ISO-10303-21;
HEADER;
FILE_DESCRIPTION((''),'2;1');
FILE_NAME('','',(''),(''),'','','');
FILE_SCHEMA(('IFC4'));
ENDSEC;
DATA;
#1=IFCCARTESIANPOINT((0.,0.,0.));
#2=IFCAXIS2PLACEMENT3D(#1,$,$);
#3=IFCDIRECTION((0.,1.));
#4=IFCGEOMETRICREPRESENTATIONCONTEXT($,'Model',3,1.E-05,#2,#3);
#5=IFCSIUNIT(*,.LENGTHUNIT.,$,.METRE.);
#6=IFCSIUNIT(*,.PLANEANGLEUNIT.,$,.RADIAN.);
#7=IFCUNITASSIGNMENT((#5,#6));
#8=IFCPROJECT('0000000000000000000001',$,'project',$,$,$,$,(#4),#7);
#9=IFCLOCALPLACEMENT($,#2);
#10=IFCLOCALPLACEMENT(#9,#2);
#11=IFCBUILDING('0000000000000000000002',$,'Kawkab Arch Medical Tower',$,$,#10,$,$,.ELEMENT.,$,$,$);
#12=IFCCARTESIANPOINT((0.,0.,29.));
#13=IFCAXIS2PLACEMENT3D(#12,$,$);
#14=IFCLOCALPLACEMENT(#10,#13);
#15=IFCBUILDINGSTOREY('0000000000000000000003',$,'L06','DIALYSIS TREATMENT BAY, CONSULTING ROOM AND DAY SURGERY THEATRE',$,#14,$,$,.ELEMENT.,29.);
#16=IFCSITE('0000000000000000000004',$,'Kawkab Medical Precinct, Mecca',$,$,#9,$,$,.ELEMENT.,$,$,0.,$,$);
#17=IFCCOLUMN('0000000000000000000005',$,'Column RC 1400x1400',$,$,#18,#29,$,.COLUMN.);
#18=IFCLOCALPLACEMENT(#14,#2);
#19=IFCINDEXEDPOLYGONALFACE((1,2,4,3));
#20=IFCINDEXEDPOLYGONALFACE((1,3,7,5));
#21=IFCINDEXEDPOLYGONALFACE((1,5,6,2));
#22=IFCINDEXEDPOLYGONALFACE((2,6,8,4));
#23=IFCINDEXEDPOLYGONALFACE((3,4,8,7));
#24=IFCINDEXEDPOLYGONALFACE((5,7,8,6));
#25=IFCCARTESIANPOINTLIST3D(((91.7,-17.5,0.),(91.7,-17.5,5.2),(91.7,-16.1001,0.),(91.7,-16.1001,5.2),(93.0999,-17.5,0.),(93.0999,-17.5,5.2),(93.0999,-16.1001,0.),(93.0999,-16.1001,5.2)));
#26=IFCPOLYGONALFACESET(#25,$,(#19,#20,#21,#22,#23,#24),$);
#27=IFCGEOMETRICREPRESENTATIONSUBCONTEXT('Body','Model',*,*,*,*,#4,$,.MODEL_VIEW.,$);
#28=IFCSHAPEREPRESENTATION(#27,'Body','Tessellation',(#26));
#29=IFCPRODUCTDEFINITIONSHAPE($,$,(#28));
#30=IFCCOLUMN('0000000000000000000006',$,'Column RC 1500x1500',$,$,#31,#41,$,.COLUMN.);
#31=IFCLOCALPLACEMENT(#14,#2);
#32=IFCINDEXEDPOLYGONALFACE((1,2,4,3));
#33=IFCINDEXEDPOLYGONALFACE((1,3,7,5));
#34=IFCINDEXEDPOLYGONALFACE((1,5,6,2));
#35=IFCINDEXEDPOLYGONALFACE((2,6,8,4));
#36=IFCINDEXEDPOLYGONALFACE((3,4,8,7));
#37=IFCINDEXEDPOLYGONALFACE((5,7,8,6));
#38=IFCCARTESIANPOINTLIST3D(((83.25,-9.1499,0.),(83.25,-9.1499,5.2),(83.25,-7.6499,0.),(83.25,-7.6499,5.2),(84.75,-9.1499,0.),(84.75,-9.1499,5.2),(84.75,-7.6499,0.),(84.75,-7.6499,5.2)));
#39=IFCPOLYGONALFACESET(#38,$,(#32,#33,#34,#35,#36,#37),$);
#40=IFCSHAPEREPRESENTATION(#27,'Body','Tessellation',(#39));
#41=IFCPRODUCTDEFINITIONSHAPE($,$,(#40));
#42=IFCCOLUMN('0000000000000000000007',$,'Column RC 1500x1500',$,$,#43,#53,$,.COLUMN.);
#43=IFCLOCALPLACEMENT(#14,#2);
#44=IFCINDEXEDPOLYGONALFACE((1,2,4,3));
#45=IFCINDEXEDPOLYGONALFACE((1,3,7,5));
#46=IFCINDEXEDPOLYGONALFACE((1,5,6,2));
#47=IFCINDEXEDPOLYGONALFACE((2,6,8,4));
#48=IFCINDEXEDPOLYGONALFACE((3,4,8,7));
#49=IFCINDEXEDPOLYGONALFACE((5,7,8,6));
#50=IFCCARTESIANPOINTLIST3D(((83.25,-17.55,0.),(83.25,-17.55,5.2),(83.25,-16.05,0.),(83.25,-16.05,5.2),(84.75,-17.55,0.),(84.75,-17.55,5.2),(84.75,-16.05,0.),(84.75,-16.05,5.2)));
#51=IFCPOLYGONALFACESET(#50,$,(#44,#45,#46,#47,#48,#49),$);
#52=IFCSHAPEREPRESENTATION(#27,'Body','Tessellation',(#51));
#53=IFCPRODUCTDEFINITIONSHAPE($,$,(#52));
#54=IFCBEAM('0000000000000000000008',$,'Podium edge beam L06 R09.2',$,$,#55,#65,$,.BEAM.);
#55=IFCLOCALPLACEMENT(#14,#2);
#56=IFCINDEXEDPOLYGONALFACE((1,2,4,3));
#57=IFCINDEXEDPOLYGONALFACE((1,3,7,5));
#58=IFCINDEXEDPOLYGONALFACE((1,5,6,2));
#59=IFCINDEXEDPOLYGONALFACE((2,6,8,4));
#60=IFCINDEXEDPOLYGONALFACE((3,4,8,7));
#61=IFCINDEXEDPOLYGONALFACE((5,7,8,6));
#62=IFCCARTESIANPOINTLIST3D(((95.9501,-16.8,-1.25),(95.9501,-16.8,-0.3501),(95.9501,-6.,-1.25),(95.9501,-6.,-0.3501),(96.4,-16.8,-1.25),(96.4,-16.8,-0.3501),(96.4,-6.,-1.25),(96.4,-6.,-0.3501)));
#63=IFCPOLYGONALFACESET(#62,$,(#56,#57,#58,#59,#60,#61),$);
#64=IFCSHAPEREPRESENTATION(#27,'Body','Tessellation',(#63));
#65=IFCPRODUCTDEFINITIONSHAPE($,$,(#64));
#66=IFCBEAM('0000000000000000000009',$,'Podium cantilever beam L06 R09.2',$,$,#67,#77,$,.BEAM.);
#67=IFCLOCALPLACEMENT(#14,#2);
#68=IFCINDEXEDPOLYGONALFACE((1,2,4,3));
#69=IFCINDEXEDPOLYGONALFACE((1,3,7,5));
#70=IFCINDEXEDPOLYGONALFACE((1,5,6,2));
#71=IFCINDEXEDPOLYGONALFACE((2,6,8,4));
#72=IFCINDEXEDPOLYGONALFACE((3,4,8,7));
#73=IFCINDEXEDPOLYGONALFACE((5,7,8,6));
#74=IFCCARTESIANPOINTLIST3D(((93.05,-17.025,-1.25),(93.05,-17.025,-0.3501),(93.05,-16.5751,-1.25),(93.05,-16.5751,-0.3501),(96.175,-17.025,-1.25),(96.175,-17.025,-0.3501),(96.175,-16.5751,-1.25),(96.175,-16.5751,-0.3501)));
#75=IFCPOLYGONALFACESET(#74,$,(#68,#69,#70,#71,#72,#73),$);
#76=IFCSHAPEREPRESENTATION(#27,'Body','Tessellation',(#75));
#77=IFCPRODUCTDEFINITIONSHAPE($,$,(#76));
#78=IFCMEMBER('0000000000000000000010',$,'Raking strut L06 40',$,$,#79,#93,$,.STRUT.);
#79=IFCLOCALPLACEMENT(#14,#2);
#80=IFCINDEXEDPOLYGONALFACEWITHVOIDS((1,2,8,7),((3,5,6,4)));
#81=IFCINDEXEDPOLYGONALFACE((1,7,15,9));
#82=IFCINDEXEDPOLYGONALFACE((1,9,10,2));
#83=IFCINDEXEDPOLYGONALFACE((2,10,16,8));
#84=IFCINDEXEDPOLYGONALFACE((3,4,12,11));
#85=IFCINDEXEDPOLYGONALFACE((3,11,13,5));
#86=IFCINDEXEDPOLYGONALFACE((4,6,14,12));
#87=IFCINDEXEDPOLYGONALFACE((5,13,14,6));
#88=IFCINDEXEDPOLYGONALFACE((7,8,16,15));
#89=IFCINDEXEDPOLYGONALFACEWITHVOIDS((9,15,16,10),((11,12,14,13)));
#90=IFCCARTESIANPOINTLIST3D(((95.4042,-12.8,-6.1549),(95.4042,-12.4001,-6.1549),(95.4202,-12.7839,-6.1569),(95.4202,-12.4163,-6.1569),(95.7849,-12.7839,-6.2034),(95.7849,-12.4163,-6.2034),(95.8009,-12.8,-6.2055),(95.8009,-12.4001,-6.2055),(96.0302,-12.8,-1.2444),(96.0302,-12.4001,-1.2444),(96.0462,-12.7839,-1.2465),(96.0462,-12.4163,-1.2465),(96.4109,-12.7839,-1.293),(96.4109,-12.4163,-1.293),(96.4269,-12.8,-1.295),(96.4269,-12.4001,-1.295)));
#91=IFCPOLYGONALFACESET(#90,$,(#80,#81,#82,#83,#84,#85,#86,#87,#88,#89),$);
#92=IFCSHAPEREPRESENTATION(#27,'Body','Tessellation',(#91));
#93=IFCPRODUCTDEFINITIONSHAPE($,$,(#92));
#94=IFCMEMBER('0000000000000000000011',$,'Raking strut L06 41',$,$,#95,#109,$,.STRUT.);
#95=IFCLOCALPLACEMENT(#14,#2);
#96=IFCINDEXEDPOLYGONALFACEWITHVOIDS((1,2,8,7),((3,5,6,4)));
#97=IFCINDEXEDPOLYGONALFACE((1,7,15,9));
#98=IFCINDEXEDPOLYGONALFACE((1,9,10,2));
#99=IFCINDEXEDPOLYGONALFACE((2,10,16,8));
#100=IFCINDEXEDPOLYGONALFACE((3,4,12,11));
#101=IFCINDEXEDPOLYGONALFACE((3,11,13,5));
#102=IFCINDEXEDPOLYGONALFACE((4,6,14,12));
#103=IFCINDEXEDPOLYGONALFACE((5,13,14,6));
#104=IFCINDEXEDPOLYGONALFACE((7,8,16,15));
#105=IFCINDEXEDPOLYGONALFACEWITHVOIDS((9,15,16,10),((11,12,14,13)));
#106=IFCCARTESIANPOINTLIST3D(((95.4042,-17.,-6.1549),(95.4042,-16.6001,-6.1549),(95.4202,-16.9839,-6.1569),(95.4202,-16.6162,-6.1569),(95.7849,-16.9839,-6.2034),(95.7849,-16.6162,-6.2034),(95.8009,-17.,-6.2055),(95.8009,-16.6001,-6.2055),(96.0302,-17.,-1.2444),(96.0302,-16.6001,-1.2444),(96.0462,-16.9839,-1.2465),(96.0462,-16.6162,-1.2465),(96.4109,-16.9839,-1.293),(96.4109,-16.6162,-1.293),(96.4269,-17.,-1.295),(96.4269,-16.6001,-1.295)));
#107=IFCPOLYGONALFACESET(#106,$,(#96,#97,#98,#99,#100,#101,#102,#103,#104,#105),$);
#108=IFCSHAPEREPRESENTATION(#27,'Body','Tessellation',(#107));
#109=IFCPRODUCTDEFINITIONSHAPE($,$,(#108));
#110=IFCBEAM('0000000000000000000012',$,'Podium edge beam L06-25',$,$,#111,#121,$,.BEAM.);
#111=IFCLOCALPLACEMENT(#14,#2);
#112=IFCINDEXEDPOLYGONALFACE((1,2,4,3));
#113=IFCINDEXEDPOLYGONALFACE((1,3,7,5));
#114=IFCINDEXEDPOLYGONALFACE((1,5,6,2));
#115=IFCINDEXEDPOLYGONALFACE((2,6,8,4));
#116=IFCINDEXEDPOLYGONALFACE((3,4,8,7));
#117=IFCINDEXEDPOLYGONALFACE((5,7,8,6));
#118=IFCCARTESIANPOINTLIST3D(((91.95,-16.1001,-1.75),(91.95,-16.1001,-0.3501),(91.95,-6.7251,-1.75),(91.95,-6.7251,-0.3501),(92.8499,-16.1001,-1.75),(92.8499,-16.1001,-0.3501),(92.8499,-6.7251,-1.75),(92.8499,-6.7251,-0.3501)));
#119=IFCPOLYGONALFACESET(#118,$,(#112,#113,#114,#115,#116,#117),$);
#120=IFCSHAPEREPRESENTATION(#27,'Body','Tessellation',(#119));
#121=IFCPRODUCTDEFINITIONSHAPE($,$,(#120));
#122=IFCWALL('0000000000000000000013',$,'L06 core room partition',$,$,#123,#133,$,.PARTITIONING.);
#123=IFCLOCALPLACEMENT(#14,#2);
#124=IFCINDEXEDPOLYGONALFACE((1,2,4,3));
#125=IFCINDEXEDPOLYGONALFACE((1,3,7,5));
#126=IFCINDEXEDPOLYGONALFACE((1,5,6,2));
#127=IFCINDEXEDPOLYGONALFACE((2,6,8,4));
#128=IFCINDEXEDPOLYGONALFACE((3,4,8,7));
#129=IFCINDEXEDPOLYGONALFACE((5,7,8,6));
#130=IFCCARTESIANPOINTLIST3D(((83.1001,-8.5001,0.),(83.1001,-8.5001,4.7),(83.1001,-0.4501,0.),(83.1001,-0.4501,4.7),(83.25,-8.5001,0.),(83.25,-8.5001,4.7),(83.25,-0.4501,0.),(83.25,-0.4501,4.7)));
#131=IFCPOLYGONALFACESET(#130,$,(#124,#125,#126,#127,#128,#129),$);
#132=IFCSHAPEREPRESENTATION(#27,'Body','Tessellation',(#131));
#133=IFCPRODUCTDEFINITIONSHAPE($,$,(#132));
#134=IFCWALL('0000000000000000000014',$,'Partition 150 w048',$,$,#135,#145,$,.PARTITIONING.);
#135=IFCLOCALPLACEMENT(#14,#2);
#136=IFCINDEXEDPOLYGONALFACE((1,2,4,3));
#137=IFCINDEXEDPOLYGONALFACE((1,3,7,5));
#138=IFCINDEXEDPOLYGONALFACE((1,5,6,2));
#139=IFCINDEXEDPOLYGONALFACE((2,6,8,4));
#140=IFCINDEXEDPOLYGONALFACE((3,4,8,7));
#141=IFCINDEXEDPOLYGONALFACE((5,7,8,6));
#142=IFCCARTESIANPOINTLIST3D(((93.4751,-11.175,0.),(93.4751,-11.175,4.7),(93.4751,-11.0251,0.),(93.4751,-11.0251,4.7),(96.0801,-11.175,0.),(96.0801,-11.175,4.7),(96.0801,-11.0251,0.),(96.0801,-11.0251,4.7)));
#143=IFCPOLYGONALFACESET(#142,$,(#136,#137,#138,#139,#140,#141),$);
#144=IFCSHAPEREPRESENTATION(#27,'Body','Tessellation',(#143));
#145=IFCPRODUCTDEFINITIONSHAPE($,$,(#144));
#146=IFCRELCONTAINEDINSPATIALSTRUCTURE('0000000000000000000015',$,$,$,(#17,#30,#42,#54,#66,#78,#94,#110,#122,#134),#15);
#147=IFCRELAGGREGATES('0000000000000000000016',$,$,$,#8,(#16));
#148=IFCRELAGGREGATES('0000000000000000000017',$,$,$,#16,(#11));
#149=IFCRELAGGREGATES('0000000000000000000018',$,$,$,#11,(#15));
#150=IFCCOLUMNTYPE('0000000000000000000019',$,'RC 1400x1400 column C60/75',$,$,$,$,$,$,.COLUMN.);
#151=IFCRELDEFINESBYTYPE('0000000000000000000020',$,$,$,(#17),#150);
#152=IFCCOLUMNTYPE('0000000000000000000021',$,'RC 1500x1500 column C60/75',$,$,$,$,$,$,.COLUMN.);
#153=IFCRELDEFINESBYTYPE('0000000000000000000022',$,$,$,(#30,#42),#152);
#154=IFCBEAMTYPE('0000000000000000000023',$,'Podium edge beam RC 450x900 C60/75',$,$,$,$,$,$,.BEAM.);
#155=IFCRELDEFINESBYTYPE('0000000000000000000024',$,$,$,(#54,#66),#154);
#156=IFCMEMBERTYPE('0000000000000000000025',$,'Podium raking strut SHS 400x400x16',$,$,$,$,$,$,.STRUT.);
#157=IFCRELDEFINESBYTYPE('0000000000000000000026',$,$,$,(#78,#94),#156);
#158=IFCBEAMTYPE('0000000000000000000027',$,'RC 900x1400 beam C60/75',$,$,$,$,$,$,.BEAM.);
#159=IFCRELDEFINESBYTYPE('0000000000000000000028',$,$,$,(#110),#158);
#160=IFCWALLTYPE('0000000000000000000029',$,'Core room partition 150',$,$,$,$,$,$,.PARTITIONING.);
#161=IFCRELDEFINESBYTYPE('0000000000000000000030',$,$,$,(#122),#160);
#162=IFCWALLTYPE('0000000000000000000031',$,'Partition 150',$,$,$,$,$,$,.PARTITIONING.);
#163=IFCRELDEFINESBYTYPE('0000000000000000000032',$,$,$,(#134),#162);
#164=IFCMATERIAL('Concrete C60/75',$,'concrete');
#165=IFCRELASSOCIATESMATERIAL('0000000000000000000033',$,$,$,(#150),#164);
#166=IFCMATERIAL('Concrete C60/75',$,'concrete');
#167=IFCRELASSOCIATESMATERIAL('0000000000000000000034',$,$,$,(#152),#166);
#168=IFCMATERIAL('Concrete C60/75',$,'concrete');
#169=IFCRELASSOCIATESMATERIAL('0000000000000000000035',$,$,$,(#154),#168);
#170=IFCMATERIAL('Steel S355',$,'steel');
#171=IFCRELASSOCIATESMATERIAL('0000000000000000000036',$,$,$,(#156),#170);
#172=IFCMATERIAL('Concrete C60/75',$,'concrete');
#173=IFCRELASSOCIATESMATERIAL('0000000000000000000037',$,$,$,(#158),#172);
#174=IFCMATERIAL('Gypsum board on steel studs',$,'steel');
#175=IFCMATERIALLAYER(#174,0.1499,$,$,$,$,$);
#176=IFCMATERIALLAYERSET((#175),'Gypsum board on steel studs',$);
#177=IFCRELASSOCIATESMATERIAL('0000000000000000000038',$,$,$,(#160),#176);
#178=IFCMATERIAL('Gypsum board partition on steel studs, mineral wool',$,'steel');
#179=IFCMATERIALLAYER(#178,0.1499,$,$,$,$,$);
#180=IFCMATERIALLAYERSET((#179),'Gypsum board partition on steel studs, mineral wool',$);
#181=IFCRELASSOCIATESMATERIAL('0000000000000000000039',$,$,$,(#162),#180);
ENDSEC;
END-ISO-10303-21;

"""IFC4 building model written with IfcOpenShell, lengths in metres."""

from ifc_helpers import new_model, si_unit, direction, frame, frame_2d, origin, origin_2d, place, context, subcontext, project, spatial, rectangle, hollow_rectangle, extrude, material, layer, layer_set, material_profile, profile_set, type_object, element, save


model = new_model("IFC4")

# Units and contexts
model_context = context("Model", 3, precision=1e-05, world=origin(), true_north=direction((0.0, 1.0)))
body_context = subcontext(model_context, "Body", "Model", "MODEL_VIEW")
ifc_project = project(units=[si_unit("LENGTHUNIT", "METRE"), si_unit("PLANEANGLEUNIT", "RADIAN")], contexts=[model_context])

# Site, building, storey
site_placement = place(None, origin())
site = spatial("IfcSite", under=ifc_project, at=site_placement, Name="Kawkab Medical Precinct, Mecca", CompositionType="ELEMENT", RefElevation=0.0)
building_placement = place(site_placement, origin())
building = spatial("IfcBuilding", under=site, at=building_placement, Name="Kawkab Arch Medical Tower", CompositionType="ELEMENT")
storey_placement = place(building_placement, frame((0.0, 0.0, 29.0)))
storey = spatial("IfcBuildingStorey", under=building, at=storey_placement, Name="L06", Description="DIALYSIS TREATMENT BAY, CONSULTING ROOM AND DAY SURGERY THEATRE", CompositionType="ELEMENT", Elevation=29.0)

# Columns
ifc_material_1 = material(Name="Concrete C60/75", Category="concrete")
ifc_material_profile_1 = material_profile(ifc_material_1, rectangle(XDim=1.3999, YDim=1.3999, at=origin_2d()), Name="RC 1400x1400")
ifc_profile_set_1 = profile_set([ifc_material_profile_1], Name="Concrete C60/75")
column_type_1 = type_object("IfcColumnType", Name="RC 1400x1400 column C60/75", PredefinedType="COLUMN", material=ifc_profile_set_1)
column_placement = place(storey_placement, frame((92.3999, -16.8, 0.0), z_axis=(0.0, 0.0, 1.0), x_axis=(1.0, 0.0, 0.0)))
element("IfcColumn", 1, at=column_placement, inside=storey, type_object=column_type_1, Name="Column RC 1400x1400", PredefinedType="COLUMN", context=body_context, shape_type="SweptSolid", body=[
    extrude(rectangle(XDim=1.3999, YDim=1.3999, at=origin_2d()), origin(), (0.0, 0.0, 1.0), 5.2),
])
ifc_material_2 = material(Name="Concrete C60/75", Category="concrete")
ifc_material_profile_2 = material_profile(ifc_material_2, rectangle(XDim=1.5, YDim=1.5, at=origin_2d()), Name="RC 1500x1500")
ifc_profile_set_2 = profile_set([ifc_material_profile_2], Name="Concrete C60/75")
column_type_2 = type_object("IfcColumnType", Name="RC 1500x1500 column C60/75", PredefinedType="COLUMN", material=ifc_profile_set_2)
for number, where, z_axis, x_axis, name in (
    (2, (84.0, -8.3999, 0.0), (0.0, 0.0, 1.0), (1.0, 0.0, 0.0), "Column RC 1500x1500"),
    (3, (84.0, -16.8, 0.0), (0.0, 0.0, 1.0), (1.0, 0.0, 0.0), "Column RC 1500x1500"),
):
    element("IfcColumn", number, at=place(storey_placement, frame(where, z_axis=z_axis, x_axis=x_axis)), inside=storey, type_object=column_type_2, Name=name, PredefinedType="COLUMN", context=body_context, shape_type="SweptSolid", body=[
        extrude(rectangle(XDim=1.5, YDim=1.5, at=origin_2d()), origin(), (0.0, 0.0, 1.0), 5.2),
    ])

# Beams
ifc_material_3 = material(Name="Concrete C60/75", Category="concrete")
ifc_material_profile_3 = material_profile(ifc_material_3, rectangle(XDim=0.45, YDim=0.8999, at=origin_2d()), Name="RC 450x900")
ifc_profile_set_3 = profile_set([ifc_material_profile_3], Name="Concrete C60/75")
beam_type_1 = type_object("IfcBeamType", Name="Podium edge beam RC 450x900 C60/75", PredefinedType="BEAM", material=ifc_profile_set_3)
beam_1_placement = place(storey_placement, frame((96.175, -16.8, -0.8), z_axis=(0.0, 1.0, 0.0), x_axis=(-1.0, 0.0, 0.0)))
element("IfcBeam", 4, at=beam_1_placement, inside=storey, type_object=beam_type_1, Name="Podium edge beam L06 R09.2", PredefinedType="BEAM", context=body_context, shape_type="SweptSolid", body=[
    extrude(rectangle(XDim=0.45, YDim=0.8999, at=origin_2d()), origin(), (0.0, 0.0, 1.0), 10.8),
])
beam_2_placement = place(storey_placement, frame((93.05, -16.8, -0.8), z_axis=(1.0, 0.0, 0.0), x_axis=(0.0, 1.0, 0.0)))
element("IfcBeam", 5, at=beam_2_placement, inside=storey, type_object=beam_type_1, Name="Podium cantilever beam L06 R09.2", PredefinedType="BEAM", context=body_context, shape_type="SweptSolid", body=[
    extrude(rectangle(XDim=0.45, YDim=0.8999, at=origin_2d()), origin(), (0.0, 0.0, 1.0), 3.125),
])

# Members
ifc_material_4 = material(Name="Steel S355", Category="steel")
ifc_material_profile_4 = material_profile(ifc_material_4, hollow_rectangle(XDim=0.3999, YDim=0.3999, WallThickness=0.0161, at=origin_2d()), Name="SHS 400x400x16")
ifc_profile_set_4 = profile_set([ifc_material_profile_4], Name="Steel S355")
member_type = type_object("IfcMemberType", Name="Podium raking strut SHS 400x400x16", PredefinedType="STRUT", material=ifc_profile_set_4)
for number, where, z_axis, x_axis, name in (
    (6, (95.6025, -12.6001, -6.1802), (0.126456, 0.0, 0.991972), (0.0, 1.0, 0.0), "Raking strut L06 40"),
    (7, (95.6025, -16.8, -6.1802), (0.126456, 0.0, 0.991972), (0.0, 1.0, 0.0), "Raking strut L06 41"),
):
    element("IfcMember", number, at=place(storey_placement, frame(where, z_axis=z_axis, x_axis=x_axis)), inside=storey, type_object=member_type, Name=name, PredefinedType="STRUT", context=body_context, shape_type="SweptSolid", body=[
        extrude(hollow_rectangle(XDim=0.3999, YDim=0.3999, WallThickness=0.0161, at=origin_2d()), origin(), (0.0, 0.0, 1.0), 4.9502),
    ])

# Beam
ifc_material_5 = material(Name="Concrete C60/75", Category="concrete")
ifc_material_profile_5 = material_profile(ifc_material_5, rectangle(XDim=0.8999, YDim=1.3999, at=origin_2d()), Name="RC 900x1400")
ifc_profile_set_5 = profile_set([ifc_material_profile_5], Name="Concrete C60/75")
beam_type_2 = type_object("IfcBeamType", Name="RC 900x1400 beam C60/75", PredefinedType="BEAM", material=ifc_profile_set_5)
beam_3_placement = place(storey_placement, frame((92.3999, -16.1001, -1.05), z_axis=(0.0, 1.0, 0.0), x_axis=(-1.0, 0.0, 0.0)))
element("IfcBeam", 8, at=beam_3_placement, inside=storey, type_object=beam_type_2, Name="Podium edge beam L06-25", PredefinedType="BEAM", context=body_context, shape_type="SweptSolid", body=[
    extrude(rectangle(XDim=0.8999, YDim=1.3999, at=origin_2d()), origin(), (0.0, 0.0, 1.0), 9.375),
])

# Walls
ifc_material_6 = material(Name="Gypsum board on steel studs", Category="steel")
ifc_layer_1 = layer(ifc_material_6, 0.1499)
ifc_layer_set_1 = layer_set([ifc_layer_1], Name="Gypsum board on steel studs")
wall_type_1 = type_object("IfcWallType", Name="Core room partition 150", PredefinedType="PARTITIONING", material=ifc_layer_set_1)
wall_1_placement = place(storey_placement, frame((83.175, -8.5, 0.0), z_axis=(0.0, 0.0, 1.0), x_axis=(0.0, 1.0, 0.0)))
element("IfcWall", 9, at=wall_1_placement, inside=storey, type_object=wall_type_1, Name="L06 core room partition", PredefinedType="PARTITIONING", context=body_context, shape_type="SweptSolid", body=[
    extrude(rectangle(XDim=8.05, YDim=0.1499, at=frame_2d((4.0249, 0.0))), origin(), (0.0, 0.0, 1.0), 4.7),
])
ifc_material_7 = material(Name="Gypsum board partition on steel studs, mineral wool", Category="steel")
ifc_layer_2 = layer(ifc_material_7, 0.1499)
ifc_layer_set_2 = layer_set([ifc_layer_2], Name="Gypsum board partition on steel studs, mineral wool")
wall_type_2 = type_object("IfcWallType", Name="Partition 150", PredefinedType="PARTITIONING", material=ifc_layer_set_2)
wall_2_placement = place(storey_placement, frame((93.4751, -11.1001, 0.0), z_axis=(0.0, 0.0, 1.0), x_axis=(1.0, 0.0, 0.0)))
element("IfcWall", 10, at=wall_2_placement, inside=storey, type_object=wall_type_2, Name="Partition 150 w048", PredefinedType="PARTITIONING", context=body_context, shape_type="SweptSolid", body=[
    extrude(rectangle(XDim=2.605, YDim=0.1499, at=frame_2d((1.3025, 0.0))), origin(), (0.0, 0.0, 1.0), 4.7),
])

save(model, "model.ifc")
